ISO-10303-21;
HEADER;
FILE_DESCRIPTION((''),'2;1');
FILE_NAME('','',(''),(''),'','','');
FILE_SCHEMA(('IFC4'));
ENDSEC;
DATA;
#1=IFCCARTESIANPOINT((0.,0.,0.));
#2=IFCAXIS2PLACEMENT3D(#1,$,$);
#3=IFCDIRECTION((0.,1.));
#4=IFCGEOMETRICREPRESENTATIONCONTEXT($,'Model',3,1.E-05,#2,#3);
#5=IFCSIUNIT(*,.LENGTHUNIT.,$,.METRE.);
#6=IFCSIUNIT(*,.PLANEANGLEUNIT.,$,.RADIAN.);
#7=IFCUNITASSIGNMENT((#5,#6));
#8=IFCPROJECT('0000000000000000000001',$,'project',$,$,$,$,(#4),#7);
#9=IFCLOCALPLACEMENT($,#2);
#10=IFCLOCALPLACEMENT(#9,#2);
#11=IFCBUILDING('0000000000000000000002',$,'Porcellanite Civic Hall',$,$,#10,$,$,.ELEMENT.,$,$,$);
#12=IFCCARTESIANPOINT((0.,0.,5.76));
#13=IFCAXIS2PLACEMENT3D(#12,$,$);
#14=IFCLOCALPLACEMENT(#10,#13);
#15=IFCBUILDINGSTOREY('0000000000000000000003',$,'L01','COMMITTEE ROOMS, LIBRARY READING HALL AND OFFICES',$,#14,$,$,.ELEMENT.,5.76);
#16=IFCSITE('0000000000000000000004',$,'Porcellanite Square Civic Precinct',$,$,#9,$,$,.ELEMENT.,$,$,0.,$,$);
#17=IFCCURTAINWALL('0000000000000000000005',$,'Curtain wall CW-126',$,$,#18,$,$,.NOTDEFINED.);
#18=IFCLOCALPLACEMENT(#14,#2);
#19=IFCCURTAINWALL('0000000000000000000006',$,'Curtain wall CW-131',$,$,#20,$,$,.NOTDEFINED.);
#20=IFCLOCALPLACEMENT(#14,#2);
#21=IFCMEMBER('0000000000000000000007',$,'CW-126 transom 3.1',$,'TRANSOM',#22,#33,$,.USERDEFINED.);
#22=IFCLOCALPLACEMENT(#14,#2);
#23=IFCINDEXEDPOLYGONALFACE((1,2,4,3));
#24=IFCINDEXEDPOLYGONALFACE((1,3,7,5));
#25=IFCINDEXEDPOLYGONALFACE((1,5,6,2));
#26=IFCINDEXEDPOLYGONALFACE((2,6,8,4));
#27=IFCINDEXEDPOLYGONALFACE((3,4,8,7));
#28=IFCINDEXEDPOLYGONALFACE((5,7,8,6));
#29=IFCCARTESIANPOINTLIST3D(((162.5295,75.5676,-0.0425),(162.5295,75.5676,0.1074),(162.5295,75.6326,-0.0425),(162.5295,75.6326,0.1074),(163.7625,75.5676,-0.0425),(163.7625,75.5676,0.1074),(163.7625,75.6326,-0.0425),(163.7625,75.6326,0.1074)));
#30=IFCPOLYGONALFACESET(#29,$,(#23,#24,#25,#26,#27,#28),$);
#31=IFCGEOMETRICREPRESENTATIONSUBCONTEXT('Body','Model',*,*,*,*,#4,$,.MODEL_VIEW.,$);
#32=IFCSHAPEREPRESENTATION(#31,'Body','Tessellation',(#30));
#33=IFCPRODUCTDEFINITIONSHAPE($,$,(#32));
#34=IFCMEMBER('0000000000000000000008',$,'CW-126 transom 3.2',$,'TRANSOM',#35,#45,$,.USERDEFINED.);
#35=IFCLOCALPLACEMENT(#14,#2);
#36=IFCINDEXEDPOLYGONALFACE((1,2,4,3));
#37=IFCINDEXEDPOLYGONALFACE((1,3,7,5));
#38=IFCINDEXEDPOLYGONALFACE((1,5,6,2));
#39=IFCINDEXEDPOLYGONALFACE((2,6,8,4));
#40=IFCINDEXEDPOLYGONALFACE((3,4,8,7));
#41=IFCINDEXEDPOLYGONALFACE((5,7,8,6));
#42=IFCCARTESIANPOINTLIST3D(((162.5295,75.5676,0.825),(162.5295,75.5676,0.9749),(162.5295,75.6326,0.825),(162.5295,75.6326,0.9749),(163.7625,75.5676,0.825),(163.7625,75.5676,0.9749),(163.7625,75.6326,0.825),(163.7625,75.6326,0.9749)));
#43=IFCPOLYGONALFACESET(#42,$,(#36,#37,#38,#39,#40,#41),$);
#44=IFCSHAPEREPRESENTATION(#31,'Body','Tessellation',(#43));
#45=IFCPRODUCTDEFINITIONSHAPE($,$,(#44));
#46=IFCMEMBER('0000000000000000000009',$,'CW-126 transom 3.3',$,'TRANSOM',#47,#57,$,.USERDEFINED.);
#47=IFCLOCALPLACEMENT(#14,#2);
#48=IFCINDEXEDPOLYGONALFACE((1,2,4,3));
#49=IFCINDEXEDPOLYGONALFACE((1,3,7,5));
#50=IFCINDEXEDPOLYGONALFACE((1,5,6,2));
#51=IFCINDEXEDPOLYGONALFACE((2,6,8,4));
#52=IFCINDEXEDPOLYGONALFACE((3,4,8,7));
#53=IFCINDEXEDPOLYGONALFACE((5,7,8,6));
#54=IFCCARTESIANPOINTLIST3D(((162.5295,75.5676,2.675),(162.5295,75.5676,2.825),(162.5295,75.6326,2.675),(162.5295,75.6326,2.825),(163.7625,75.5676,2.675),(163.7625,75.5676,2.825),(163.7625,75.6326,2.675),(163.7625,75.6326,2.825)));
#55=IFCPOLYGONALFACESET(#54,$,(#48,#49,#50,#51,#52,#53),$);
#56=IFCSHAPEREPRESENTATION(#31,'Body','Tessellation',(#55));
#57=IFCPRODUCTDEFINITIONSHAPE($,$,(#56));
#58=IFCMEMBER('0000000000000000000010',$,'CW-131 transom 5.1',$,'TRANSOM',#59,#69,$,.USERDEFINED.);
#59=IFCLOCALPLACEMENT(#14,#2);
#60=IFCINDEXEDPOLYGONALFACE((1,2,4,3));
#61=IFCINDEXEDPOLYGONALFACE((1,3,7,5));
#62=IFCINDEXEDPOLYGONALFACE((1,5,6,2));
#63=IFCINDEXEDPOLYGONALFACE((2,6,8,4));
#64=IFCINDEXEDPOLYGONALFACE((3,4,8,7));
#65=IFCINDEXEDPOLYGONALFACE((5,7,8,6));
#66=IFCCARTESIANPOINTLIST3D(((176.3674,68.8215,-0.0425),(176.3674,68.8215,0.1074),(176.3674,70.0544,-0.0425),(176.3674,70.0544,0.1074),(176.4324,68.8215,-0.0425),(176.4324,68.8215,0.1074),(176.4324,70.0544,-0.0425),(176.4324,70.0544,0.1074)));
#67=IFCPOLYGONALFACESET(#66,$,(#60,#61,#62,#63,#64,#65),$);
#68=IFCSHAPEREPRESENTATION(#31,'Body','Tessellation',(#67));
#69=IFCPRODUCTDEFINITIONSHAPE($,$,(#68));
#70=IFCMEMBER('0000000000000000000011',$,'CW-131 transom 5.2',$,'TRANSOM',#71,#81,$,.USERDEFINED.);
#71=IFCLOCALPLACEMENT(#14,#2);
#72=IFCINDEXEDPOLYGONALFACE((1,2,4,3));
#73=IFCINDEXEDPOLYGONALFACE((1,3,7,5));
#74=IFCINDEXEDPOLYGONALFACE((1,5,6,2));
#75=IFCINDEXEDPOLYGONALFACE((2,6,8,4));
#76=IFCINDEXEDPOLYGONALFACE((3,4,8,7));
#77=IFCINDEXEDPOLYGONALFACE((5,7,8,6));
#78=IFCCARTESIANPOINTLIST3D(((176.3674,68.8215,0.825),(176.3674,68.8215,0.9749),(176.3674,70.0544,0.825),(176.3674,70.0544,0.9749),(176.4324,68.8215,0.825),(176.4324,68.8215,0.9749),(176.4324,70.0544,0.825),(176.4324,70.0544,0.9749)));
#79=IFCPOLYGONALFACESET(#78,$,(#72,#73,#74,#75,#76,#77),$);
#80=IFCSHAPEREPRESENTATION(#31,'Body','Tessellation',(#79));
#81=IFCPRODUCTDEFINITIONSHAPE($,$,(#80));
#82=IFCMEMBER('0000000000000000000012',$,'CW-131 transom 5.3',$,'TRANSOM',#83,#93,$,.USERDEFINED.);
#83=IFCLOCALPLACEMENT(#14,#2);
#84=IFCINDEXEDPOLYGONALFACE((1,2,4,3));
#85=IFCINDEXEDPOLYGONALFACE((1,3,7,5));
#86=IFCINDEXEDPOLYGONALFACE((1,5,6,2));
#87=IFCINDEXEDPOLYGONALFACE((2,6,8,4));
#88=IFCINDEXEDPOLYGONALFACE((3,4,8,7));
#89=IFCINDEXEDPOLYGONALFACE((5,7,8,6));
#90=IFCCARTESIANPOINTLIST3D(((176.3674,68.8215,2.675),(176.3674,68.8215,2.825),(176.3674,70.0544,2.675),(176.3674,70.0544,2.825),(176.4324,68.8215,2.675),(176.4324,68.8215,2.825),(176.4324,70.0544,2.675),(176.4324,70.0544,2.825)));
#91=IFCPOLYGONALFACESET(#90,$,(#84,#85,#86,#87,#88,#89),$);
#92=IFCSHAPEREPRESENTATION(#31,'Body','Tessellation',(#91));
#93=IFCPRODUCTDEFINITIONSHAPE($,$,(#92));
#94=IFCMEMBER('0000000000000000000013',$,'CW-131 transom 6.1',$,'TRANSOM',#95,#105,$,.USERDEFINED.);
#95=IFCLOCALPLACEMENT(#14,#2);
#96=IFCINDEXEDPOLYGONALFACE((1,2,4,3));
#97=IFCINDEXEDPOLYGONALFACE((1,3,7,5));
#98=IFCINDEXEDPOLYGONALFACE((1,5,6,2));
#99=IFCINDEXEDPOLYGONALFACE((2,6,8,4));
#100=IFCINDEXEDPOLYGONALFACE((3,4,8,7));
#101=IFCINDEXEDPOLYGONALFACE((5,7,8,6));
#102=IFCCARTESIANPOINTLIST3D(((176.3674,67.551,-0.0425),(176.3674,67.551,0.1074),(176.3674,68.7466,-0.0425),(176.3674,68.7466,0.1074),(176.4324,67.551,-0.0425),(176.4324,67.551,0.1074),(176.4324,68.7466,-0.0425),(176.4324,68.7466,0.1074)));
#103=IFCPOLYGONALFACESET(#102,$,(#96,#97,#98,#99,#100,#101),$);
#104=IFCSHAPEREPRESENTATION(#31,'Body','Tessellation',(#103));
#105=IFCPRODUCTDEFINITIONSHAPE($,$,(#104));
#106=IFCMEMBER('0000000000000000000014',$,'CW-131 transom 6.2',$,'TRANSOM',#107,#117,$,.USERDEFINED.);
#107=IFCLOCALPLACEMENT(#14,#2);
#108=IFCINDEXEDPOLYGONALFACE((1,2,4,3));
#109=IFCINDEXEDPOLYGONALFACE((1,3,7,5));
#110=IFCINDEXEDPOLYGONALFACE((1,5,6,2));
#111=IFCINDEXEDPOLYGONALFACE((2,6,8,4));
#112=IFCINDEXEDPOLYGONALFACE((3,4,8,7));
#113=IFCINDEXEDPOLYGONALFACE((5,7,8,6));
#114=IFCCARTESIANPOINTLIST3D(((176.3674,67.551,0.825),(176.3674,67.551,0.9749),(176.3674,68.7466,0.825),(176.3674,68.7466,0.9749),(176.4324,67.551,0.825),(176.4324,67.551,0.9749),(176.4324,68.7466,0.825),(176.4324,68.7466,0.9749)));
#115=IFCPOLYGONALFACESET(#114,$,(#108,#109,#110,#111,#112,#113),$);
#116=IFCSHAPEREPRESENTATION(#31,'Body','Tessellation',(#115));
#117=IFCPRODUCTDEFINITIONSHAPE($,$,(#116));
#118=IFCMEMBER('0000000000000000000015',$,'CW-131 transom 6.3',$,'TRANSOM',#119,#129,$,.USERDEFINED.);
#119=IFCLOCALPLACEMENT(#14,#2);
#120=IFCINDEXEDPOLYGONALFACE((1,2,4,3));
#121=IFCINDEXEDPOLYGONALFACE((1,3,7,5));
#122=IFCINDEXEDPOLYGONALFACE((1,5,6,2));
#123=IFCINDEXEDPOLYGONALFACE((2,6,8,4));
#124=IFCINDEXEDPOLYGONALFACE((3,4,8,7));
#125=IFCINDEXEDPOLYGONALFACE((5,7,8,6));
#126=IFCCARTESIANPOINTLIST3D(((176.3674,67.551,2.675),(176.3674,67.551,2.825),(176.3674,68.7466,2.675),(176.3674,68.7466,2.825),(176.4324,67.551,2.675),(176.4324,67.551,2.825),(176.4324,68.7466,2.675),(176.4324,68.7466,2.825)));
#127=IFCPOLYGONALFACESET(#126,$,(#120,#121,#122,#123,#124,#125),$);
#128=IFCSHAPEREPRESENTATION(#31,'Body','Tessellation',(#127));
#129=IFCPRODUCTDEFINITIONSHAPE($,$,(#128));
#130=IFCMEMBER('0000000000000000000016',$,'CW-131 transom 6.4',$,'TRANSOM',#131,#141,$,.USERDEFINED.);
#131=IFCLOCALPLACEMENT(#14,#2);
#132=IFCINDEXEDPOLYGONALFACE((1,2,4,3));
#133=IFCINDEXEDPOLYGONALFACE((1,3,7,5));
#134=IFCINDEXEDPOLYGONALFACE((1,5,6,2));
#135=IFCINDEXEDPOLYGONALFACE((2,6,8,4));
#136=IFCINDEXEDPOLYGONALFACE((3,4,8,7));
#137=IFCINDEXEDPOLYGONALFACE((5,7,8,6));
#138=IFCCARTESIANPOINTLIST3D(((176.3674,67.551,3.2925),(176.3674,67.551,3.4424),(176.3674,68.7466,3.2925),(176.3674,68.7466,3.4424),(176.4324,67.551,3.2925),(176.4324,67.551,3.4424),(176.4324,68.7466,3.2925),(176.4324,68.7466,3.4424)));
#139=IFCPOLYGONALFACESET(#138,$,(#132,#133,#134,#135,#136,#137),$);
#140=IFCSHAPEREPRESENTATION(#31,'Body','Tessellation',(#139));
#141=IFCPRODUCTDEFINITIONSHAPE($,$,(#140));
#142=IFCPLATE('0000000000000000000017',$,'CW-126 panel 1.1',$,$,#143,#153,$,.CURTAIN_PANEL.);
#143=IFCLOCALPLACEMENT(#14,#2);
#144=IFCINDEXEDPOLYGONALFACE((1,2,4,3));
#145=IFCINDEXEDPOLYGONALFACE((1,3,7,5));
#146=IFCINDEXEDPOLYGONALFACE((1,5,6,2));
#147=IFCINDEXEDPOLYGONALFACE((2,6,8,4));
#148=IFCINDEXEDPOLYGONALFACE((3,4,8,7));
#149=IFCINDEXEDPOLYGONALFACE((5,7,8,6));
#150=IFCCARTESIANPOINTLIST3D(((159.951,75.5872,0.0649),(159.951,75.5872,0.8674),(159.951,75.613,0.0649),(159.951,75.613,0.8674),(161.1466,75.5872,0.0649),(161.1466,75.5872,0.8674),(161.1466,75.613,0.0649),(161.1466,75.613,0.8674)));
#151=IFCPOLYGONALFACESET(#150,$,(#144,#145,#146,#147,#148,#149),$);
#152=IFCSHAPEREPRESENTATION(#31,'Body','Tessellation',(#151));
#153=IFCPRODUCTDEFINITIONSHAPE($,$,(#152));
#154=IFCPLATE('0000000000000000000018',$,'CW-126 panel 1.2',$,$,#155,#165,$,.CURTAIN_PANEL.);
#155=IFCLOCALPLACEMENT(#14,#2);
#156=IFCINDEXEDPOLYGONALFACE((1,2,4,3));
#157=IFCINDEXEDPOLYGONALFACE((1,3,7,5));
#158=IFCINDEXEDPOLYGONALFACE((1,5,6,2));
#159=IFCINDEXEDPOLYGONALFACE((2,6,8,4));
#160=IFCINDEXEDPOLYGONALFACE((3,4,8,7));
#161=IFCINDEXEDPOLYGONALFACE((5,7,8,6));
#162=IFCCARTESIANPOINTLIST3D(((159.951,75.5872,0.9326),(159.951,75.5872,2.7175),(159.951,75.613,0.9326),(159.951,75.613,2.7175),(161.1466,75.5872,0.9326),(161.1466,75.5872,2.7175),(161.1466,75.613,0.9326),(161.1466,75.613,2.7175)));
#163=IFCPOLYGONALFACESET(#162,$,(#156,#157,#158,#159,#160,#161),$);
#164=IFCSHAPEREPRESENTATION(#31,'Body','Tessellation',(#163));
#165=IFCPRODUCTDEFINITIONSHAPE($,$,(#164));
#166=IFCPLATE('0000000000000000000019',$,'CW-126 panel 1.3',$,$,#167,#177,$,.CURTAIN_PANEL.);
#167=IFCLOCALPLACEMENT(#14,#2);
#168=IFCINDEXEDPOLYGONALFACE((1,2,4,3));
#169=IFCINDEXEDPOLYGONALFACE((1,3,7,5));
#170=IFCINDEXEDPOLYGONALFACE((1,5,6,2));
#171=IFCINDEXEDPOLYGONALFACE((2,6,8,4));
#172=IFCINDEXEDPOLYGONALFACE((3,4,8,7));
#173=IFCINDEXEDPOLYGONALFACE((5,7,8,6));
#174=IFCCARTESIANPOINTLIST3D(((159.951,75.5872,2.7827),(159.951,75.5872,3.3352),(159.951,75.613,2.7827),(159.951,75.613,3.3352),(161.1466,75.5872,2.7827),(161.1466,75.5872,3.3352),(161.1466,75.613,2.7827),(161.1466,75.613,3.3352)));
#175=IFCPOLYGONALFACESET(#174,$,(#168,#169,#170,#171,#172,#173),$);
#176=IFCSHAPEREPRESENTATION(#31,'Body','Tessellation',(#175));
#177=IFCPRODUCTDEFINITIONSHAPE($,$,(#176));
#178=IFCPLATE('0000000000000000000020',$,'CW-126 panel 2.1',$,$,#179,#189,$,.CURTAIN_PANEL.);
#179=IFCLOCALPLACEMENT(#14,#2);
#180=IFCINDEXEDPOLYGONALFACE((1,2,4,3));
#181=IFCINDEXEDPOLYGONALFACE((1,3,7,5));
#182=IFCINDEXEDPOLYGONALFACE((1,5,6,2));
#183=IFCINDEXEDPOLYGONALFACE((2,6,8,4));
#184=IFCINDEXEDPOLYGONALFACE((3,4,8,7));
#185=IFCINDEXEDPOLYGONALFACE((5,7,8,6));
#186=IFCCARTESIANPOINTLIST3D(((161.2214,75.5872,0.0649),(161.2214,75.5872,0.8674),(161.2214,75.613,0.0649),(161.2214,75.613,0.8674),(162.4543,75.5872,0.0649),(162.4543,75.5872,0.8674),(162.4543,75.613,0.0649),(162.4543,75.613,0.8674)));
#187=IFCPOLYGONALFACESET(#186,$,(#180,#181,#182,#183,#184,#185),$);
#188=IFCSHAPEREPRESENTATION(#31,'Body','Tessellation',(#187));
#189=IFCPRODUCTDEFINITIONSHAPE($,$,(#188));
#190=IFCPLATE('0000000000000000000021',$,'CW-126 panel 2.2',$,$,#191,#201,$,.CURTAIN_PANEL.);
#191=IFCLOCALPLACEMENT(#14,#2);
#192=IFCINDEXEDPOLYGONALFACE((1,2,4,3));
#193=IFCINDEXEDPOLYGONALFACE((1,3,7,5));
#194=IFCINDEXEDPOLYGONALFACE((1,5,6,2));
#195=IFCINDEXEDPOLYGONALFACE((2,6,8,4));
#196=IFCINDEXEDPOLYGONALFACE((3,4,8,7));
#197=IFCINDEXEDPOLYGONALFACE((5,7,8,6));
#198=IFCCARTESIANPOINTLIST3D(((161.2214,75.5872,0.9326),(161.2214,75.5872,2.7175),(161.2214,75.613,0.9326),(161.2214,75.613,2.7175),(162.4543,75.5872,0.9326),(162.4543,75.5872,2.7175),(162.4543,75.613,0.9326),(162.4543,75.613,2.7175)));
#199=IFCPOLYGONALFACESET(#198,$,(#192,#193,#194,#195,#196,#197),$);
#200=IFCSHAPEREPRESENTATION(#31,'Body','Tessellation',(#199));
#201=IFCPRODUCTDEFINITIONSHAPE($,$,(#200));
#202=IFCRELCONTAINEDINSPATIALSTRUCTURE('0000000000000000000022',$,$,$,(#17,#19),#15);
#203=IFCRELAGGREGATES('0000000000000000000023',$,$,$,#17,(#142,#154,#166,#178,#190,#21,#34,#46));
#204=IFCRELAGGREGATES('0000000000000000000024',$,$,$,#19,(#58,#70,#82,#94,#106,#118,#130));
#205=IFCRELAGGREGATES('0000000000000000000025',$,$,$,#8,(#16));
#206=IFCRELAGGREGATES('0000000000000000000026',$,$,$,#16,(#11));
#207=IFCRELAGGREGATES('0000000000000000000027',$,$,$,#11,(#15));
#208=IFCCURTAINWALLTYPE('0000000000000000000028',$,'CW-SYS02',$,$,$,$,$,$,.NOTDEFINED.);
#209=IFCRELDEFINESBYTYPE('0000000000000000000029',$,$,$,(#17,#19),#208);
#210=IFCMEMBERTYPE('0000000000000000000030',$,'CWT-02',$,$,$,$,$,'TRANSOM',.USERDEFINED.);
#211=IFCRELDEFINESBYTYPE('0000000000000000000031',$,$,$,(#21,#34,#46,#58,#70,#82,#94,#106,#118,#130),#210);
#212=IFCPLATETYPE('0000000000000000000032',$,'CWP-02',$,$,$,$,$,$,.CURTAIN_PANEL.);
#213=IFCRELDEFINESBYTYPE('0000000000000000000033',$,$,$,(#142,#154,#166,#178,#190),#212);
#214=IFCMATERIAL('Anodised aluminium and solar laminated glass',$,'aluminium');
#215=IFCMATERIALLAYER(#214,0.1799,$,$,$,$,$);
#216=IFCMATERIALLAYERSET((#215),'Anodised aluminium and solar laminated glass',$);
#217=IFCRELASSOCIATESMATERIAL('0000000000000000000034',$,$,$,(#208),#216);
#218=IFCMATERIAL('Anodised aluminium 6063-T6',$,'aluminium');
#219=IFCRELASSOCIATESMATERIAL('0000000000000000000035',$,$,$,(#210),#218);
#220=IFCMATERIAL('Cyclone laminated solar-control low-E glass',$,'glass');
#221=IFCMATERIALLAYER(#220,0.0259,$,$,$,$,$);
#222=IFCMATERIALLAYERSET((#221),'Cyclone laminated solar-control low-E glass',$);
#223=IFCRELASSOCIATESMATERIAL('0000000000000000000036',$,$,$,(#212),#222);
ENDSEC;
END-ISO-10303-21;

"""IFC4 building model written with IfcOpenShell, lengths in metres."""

from ifc_helpers import new_model, si_unit, direction, frame, origin, origin_2d, place, context, subcontext, project, spatial, rectangle, extrude, material, layer, layer_set, material_profile, profile_set, type_object, element, aggregate, save


model = new_model("IFC4")

# Units and contexts
model_context = context("Model", 3, precision=1e-05, world=origin(), true_north=direction((0.0, 1.0)))
body_context = subcontext(model_context, "Body", "Model", "MODEL_VIEW")
ifc_project = project(units=[si_unit("LENGTHUNIT", "METRE"), si_unit("PLANEANGLEUNIT", "RADIAN")], contexts=[model_context])

# Site, building, storey
site_placement = place(None, origin())
site = spatial("IfcSite", under=ifc_project, at=site_placement, Name="Porcellanite Square Civic Precinct", CompositionType="ELEMENT", RefElevation=0.0)
building_placement = place(site_placement, origin())
building = spatial("IfcBuilding", under=site, at=building_placement, Name="Porcellanite Civic Hall", CompositionType="ELEMENT")
storey_placement = place(building_placement, frame((0.0, 0.0, 5.76)))
storey = spatial("IfcBuildingStorey", under=building, at=storey_placement, Name="L01", Description="COMMITTEE ROOMS, LIBRARY READING HALL AND OFFICES", CompositionType="ELEMENT", Elevation=5.76)

# Curtain wall
ifc_material_1 = material(Name="Anodised aluminium and solar laminated glass", Category="aluminium")
ifc_layer_1 = layer(ifc_material_1, 0.1799)
ifc_layer_set_1 = layer_set([ifc_layer_1], Name="Anodised aluminium and solar laminated glass")
curtain_wall_type = type_object("IfcCurtainWallType", Name="CW-SYS02", PredefinedType="NOTDEFINED", material=ifc_layer_set_1)
curtain_wall_1_placement = place(storey_placement, origin())
curtain_wall_1 = element("IfcCurtainWall", 1, at=curtain_wall_1_placement, inside=storey, type_object=curtain_wall_type, Name="Curtain wall CW-126", PredefinedType="NOTDEFINED")

# Curtain wall
curtain_wall_2_placement = place(storey_placement, origin())
curtain_wall_2 = element("IfcCurtainWall", 2, at=curtain_wall_2_placement, inside=storey, type_object=curtain_wall_type, Name="Curtain wall CW-131", PredefinedType="NOTDEFINED")

# Members
ifc_material_2 = material(Name="Anodised aluminium 6063-T6", Category="aluminium")
ifc_material_profile_1 = material_profile(ifc_material_2, rectangle(XDim=0.0649, YDim=0.1499, at=origin_2d()), Name="AL-65x150")
ifc_profile_set_1 = profile_set([ifc_material_profile_1], Name="Anodised aluminium 6063-T6")
member_type_1 = type_object("IfcMemberType", Name="CWT-02", ElementType="TRANSOM", PredefinedType="USERDEFINED", material=ifc_profile_set_1)
member_1_placement = place(storey_placement, frame((162.5295, 75.6001, 0.0325), z_axis=(1.0, 0.0, 0.0), x_axis=(0.0, 1.0, 0.0)))
member_1 = element("IfcMember", 3, at=member_1_placement, type_object=member_type_1, Name="CW-126 transom 3.1", ObjectType="TRANSOM", PredefinedType="USERDEFINED", context=body_context, shape_type="SweptSolid", body=[
    extrude(rectangle(XDim=0.0649, YDim=0.1499, at=origin_2d()), origin(), (0.0, 0.0, 1.0), 1.2329),
])
member_2_placement = place(storey_placement, frame((162.5295, 75.6001, 0.8999), z_axis=(1.0, 0.0, 0.0), x_axis=(0.0, 1.0, 0.0)))
member_2 = element("IfcMember", 4, at=member_2_placement, type_object=member_type_1, Name="CW-126 transom 3.2", ObjectType="TRANSOM", PredefinedType="USERDEFINED", context=body_context, shape_type="SweptSolid", body=[
    extrude(rectangle(XDim=0.0649, YDim=0.1499, at=origin_2d()), origin(), (0.0, 0.0, 1.0), 1.2329),
])
member_3_placement = place(storey_placement, frame((162.5295, 75.6001, 2.75), z_axis=(1.0, 0.0, 0.0), x_axis=(0.0, 1.0, 0.0)))
member_3 = element("IfcMember", 5, at=member_3_placement, type_object=member_type_1, Name="CW-126 transom 3.3", ObjectType="TRANSOM", PredefinedType="USERDEFINED", context=body_context, shape_type="SweptSolid", body=[
    extrude(rectangle(XDim=0.0649, YDim=0.1499, at=origin_2d()), origin(), (0.0, 0.0, 1.0), 1.2329),
])
member_4_placement = place(storey_placement, frame((176.3999, 70.0544, 0.0325), z_axis=(0.0, -1.0, 0.0), x_axis=(1.0, 0.0, 0.0)))
member_4 = element("IfcMember", 6, at=member_4_placement, type_object=member_type_1, Name="CW-131 transom 5.1", ObjectType="TRANSOM", PredefinedType="USERDEFINED", context=body_context, shape_type="SweptSolid", body=[
    extrude(rectangle(XDim=0.0649, YDim=0.1499, at=origin_2d()), origin(), (0.0, 0.0, 1.0), 1.2329),
])
member_5_placement = place(storey_placement, frame((176.3999, 70.0544, 0.8999), z_axis=(0.0, -1.0, 0.0), x_axis=(1.0, 0.0, 0.0)))
member_5 = element("IfcMember", 7, at=member_5_placement, type_object=member_type_1, Name="CW-131 transom 5.2", ObjectType="TRANSOM", PredefinedType="USERDEFINED", context=body_context, shape_type="SweptSolid", body=[
    extrude(rectangle(XDim=0.0649, YDim=0.1499, at=origin_2d()), origin(), (0.0, 0.0, 1.0), 1.2329),
])
member_6_placement = place(storey_placement, frame((176.3999, 70.0544, 2.75), z_axis=(0.0, -1.0, 0.0), x_axis=(1.0, 0.0, 0.0)))
member_6 = element("IfcMember", 8, at=member_6_placement, type_object=member_type_1, Name="CW-131 transom 5.3", ObjectType="TRANSOM", PredefinedType="USERDEFINED", context=body_context, shape_type="SweptSolid", body=[
    extrude(rectangle(XDim=0.0649, YDim=0.1499, at=origin_2d()), origin(), (0.0, 0.0, 1.0), 1.2329),
])
member_7_placement = place(storey_placement, frame((176.3999, 68.7466, 0.0325), z_axis=(0.0, -1.0, 0.0), x_axis=(1.0, 0.0, 0.0)))
member_7 = element("IfcMember", 9, at=member_7_placement, type_object=member_type_1, Name="CW-131 transom 6.1", ObjectType="TRANSOM", PredefinedType="USERDEFINED", context=body_context, shape_type="SweptSolid", body=[
    extrude(rectangle(XDim=0.0649, YDim=0.1499, at=origin_2d()), origin(), (0.0, 0.0, 1.0), 1.1956),
])
member_8_placement = place(storey_placement, frame((176.3999, 68.7466, 0.8999), z_axis=(0.0, -1.0, 0.0), x_axis=(1.0, 0.0, 0.0)))
member_8 = element("IfcMember", 10, at=member_8_placement, type_object=member_type_1, Name="CW-131 transom 6.2", ObjectType="TRANSOM", PredefinedType="USERDEFINED", context=body_context, shape_type="SweptSolid", body=[
    extrude(rectangle(XDim=0.0649, YDim=0.1499, at=origin_2d()), origin(), (0.0, 0.0, 1.0), 1.1956),
])
member_9_placement = place(storey_placement, frame((176.3999, 68.7466, 2.75), z_axis=(0.0, -1.0, 0.0), x_axis=(1.0, 0.0, 0.0)))
member_9 = element("IfcMember", 11, at=member_9_placement, type_object=member_type_1, Name="CW-131 transom 6.3", ObjectType="TRANSOM", PredefinedType="USERDEFINED", context=body_context, shape_type="SweptSolid", body=[
    extrude(rectangle(XDim=0.0649, YDim=0.1499, at=origin_2d()), origin(), (0.0, 0.0, 1.0), 1.1956),
])
member_10_placement = place(storey_placement, frame((176.3999, 68.7466, 3.3674), z_axis=(0.0, -1.0, 0.0), x_axis=(1.0, 0.0, 0.0)))
member_10 = element("IfcMember", 12, at=member_10_placement, type_object=member_type_1, Name="CW-131 transom 6.4", ObjectType="TRANSOM", PredefinedType="USERDEFINED", context=body_context, shape_type="SweptSolid", body=[
    extrude(rectangle(XDim=0.0649, YDim=0.1499, at=origin_2d()), origin(), (0.0, 0.0, 1.0), 1.1956),
])

# Plates
ifc_material_3 = material(Name="Cyclone laminated solar-control low-E glass", Category="glass")
ifc_layer_2 = layer(ifc_material_3, 0.0259)
ifc_layer_set_2 = layer_set([ifc_layer_2], Name="Cyclone laminated solar-control low-E glass")
plate_type = type_object("IfcPlateType", Name="CWP-02", PredefinedType="CURTAIN_PANEL", material=ifc_layer_set_2)
plate_1_placement = place(storey_placement, frame((160.5488, 75.6001, 0.0649), z_axis=(0.0, 0.0, 1.0), x_axis=(1.0, 0.0, 0.0)))
plate_1 = element("IfcPlate", 13, at=plate_1_placement, type_object=plate_type, Name="CW-126 panel 1.1", PredefinedType="CURTAIN_PANEL", context=body_context, shape_type="SweptSolid", body=[
    extrude(rectangle(XDim=1.1956, YDim=0.0259, at=origin_2d()), origin(), (0.0, 0.0, 1.0), 0.8025),
])
plate_2_placement = place(storey_placement, frame((160.5488, 75.6001, 0.9326), z_axis=(0.0, 0.0, 1.0), x_axis=(1.0, 0.0, 0.0)))
plate_2 = element("IfcPlate", 14, at=plate_2_placement, type_object=plate_type, Name="CW-126 panel 1.2", PredefinedType="CURTAIN_PANEL", context=body_context, shape_type="SweptSolid", body=[
    extrude(rectangle(XDim=1.1956, YDim=0.0259, at=origin_2d()), origin(), (0.0, 0.0, 1.0), 1.7849),
])
plate_3_placement = place(storey_placement, frame((160.5488, 75.6001, 2.7827), z_axis=(0.0, 0.0, 1.0), x_axis=(1.0, 0.0, 0.0)))
plate_3 = element("IfcPlate", 15, at=plate_3_placement, type_object=plate_type, Name="CW-126 panel 1.3", PredefinedType="CURTAIN_PANEL", context=body_context, shape_type="SweptSolid", body=[
    extrude(rectangle(XDim=1.1956, YDim=0.0259, at=origin_2d()), origin(), (0.0, 0.0, 1.0), 0.5525),
])
plate_4_placement = place(storey_placement, frame((161.8379, 75.6001, 0.0649), z_axis=(0.0, 0.0, 1.0), x_axis=(1.0, 0.0, 0.0)))
plate_4 = element("IfcPlate", 16, at=plate_4_placement, type_object=plate_type, Name="CW-126 panel 2.1", PredefinedType="CURTAIN_PANEL", context=body_context, shape_type="SweptSolid", body=[
    extrude(rectangle(XDim=1.2329, YDim=0.0259, at=origin_2d()), origin(), (0.0, 0.0, 1.0), 0.8025),
])
plate_5_placement = place(storey_placement, frame((161.8379, 75.6001, 0.9326), z_axis=(0.0, 0.0, 1.0), x_axis=(1.0, 0.0, 0.0)))
plate_5 = element("IfcPlate", 17, at=plate_5_placement, type_object=plate_type, Name="CW-126 panel 2.2", PredefinedType="CURTAIN_PANEL", context=body_context, shape_type="SweptSolid", body=[
    extrude(rectangle(XDim=1.2329, YDim=0.0259, at=origin_2d()), origin(), (0.0, 0.0, 1.0), 1.7849),
])
aggregate(curtain_wall_1, [plate_1, plate_2, plate_3, plate_4, plate_5, member_1, member_2, member_3])
aggregate(curtain_wall_2, [member_4, member_5, member_6, member_7, member_8, member_9, member_10])

save(model, "model.ifc")
